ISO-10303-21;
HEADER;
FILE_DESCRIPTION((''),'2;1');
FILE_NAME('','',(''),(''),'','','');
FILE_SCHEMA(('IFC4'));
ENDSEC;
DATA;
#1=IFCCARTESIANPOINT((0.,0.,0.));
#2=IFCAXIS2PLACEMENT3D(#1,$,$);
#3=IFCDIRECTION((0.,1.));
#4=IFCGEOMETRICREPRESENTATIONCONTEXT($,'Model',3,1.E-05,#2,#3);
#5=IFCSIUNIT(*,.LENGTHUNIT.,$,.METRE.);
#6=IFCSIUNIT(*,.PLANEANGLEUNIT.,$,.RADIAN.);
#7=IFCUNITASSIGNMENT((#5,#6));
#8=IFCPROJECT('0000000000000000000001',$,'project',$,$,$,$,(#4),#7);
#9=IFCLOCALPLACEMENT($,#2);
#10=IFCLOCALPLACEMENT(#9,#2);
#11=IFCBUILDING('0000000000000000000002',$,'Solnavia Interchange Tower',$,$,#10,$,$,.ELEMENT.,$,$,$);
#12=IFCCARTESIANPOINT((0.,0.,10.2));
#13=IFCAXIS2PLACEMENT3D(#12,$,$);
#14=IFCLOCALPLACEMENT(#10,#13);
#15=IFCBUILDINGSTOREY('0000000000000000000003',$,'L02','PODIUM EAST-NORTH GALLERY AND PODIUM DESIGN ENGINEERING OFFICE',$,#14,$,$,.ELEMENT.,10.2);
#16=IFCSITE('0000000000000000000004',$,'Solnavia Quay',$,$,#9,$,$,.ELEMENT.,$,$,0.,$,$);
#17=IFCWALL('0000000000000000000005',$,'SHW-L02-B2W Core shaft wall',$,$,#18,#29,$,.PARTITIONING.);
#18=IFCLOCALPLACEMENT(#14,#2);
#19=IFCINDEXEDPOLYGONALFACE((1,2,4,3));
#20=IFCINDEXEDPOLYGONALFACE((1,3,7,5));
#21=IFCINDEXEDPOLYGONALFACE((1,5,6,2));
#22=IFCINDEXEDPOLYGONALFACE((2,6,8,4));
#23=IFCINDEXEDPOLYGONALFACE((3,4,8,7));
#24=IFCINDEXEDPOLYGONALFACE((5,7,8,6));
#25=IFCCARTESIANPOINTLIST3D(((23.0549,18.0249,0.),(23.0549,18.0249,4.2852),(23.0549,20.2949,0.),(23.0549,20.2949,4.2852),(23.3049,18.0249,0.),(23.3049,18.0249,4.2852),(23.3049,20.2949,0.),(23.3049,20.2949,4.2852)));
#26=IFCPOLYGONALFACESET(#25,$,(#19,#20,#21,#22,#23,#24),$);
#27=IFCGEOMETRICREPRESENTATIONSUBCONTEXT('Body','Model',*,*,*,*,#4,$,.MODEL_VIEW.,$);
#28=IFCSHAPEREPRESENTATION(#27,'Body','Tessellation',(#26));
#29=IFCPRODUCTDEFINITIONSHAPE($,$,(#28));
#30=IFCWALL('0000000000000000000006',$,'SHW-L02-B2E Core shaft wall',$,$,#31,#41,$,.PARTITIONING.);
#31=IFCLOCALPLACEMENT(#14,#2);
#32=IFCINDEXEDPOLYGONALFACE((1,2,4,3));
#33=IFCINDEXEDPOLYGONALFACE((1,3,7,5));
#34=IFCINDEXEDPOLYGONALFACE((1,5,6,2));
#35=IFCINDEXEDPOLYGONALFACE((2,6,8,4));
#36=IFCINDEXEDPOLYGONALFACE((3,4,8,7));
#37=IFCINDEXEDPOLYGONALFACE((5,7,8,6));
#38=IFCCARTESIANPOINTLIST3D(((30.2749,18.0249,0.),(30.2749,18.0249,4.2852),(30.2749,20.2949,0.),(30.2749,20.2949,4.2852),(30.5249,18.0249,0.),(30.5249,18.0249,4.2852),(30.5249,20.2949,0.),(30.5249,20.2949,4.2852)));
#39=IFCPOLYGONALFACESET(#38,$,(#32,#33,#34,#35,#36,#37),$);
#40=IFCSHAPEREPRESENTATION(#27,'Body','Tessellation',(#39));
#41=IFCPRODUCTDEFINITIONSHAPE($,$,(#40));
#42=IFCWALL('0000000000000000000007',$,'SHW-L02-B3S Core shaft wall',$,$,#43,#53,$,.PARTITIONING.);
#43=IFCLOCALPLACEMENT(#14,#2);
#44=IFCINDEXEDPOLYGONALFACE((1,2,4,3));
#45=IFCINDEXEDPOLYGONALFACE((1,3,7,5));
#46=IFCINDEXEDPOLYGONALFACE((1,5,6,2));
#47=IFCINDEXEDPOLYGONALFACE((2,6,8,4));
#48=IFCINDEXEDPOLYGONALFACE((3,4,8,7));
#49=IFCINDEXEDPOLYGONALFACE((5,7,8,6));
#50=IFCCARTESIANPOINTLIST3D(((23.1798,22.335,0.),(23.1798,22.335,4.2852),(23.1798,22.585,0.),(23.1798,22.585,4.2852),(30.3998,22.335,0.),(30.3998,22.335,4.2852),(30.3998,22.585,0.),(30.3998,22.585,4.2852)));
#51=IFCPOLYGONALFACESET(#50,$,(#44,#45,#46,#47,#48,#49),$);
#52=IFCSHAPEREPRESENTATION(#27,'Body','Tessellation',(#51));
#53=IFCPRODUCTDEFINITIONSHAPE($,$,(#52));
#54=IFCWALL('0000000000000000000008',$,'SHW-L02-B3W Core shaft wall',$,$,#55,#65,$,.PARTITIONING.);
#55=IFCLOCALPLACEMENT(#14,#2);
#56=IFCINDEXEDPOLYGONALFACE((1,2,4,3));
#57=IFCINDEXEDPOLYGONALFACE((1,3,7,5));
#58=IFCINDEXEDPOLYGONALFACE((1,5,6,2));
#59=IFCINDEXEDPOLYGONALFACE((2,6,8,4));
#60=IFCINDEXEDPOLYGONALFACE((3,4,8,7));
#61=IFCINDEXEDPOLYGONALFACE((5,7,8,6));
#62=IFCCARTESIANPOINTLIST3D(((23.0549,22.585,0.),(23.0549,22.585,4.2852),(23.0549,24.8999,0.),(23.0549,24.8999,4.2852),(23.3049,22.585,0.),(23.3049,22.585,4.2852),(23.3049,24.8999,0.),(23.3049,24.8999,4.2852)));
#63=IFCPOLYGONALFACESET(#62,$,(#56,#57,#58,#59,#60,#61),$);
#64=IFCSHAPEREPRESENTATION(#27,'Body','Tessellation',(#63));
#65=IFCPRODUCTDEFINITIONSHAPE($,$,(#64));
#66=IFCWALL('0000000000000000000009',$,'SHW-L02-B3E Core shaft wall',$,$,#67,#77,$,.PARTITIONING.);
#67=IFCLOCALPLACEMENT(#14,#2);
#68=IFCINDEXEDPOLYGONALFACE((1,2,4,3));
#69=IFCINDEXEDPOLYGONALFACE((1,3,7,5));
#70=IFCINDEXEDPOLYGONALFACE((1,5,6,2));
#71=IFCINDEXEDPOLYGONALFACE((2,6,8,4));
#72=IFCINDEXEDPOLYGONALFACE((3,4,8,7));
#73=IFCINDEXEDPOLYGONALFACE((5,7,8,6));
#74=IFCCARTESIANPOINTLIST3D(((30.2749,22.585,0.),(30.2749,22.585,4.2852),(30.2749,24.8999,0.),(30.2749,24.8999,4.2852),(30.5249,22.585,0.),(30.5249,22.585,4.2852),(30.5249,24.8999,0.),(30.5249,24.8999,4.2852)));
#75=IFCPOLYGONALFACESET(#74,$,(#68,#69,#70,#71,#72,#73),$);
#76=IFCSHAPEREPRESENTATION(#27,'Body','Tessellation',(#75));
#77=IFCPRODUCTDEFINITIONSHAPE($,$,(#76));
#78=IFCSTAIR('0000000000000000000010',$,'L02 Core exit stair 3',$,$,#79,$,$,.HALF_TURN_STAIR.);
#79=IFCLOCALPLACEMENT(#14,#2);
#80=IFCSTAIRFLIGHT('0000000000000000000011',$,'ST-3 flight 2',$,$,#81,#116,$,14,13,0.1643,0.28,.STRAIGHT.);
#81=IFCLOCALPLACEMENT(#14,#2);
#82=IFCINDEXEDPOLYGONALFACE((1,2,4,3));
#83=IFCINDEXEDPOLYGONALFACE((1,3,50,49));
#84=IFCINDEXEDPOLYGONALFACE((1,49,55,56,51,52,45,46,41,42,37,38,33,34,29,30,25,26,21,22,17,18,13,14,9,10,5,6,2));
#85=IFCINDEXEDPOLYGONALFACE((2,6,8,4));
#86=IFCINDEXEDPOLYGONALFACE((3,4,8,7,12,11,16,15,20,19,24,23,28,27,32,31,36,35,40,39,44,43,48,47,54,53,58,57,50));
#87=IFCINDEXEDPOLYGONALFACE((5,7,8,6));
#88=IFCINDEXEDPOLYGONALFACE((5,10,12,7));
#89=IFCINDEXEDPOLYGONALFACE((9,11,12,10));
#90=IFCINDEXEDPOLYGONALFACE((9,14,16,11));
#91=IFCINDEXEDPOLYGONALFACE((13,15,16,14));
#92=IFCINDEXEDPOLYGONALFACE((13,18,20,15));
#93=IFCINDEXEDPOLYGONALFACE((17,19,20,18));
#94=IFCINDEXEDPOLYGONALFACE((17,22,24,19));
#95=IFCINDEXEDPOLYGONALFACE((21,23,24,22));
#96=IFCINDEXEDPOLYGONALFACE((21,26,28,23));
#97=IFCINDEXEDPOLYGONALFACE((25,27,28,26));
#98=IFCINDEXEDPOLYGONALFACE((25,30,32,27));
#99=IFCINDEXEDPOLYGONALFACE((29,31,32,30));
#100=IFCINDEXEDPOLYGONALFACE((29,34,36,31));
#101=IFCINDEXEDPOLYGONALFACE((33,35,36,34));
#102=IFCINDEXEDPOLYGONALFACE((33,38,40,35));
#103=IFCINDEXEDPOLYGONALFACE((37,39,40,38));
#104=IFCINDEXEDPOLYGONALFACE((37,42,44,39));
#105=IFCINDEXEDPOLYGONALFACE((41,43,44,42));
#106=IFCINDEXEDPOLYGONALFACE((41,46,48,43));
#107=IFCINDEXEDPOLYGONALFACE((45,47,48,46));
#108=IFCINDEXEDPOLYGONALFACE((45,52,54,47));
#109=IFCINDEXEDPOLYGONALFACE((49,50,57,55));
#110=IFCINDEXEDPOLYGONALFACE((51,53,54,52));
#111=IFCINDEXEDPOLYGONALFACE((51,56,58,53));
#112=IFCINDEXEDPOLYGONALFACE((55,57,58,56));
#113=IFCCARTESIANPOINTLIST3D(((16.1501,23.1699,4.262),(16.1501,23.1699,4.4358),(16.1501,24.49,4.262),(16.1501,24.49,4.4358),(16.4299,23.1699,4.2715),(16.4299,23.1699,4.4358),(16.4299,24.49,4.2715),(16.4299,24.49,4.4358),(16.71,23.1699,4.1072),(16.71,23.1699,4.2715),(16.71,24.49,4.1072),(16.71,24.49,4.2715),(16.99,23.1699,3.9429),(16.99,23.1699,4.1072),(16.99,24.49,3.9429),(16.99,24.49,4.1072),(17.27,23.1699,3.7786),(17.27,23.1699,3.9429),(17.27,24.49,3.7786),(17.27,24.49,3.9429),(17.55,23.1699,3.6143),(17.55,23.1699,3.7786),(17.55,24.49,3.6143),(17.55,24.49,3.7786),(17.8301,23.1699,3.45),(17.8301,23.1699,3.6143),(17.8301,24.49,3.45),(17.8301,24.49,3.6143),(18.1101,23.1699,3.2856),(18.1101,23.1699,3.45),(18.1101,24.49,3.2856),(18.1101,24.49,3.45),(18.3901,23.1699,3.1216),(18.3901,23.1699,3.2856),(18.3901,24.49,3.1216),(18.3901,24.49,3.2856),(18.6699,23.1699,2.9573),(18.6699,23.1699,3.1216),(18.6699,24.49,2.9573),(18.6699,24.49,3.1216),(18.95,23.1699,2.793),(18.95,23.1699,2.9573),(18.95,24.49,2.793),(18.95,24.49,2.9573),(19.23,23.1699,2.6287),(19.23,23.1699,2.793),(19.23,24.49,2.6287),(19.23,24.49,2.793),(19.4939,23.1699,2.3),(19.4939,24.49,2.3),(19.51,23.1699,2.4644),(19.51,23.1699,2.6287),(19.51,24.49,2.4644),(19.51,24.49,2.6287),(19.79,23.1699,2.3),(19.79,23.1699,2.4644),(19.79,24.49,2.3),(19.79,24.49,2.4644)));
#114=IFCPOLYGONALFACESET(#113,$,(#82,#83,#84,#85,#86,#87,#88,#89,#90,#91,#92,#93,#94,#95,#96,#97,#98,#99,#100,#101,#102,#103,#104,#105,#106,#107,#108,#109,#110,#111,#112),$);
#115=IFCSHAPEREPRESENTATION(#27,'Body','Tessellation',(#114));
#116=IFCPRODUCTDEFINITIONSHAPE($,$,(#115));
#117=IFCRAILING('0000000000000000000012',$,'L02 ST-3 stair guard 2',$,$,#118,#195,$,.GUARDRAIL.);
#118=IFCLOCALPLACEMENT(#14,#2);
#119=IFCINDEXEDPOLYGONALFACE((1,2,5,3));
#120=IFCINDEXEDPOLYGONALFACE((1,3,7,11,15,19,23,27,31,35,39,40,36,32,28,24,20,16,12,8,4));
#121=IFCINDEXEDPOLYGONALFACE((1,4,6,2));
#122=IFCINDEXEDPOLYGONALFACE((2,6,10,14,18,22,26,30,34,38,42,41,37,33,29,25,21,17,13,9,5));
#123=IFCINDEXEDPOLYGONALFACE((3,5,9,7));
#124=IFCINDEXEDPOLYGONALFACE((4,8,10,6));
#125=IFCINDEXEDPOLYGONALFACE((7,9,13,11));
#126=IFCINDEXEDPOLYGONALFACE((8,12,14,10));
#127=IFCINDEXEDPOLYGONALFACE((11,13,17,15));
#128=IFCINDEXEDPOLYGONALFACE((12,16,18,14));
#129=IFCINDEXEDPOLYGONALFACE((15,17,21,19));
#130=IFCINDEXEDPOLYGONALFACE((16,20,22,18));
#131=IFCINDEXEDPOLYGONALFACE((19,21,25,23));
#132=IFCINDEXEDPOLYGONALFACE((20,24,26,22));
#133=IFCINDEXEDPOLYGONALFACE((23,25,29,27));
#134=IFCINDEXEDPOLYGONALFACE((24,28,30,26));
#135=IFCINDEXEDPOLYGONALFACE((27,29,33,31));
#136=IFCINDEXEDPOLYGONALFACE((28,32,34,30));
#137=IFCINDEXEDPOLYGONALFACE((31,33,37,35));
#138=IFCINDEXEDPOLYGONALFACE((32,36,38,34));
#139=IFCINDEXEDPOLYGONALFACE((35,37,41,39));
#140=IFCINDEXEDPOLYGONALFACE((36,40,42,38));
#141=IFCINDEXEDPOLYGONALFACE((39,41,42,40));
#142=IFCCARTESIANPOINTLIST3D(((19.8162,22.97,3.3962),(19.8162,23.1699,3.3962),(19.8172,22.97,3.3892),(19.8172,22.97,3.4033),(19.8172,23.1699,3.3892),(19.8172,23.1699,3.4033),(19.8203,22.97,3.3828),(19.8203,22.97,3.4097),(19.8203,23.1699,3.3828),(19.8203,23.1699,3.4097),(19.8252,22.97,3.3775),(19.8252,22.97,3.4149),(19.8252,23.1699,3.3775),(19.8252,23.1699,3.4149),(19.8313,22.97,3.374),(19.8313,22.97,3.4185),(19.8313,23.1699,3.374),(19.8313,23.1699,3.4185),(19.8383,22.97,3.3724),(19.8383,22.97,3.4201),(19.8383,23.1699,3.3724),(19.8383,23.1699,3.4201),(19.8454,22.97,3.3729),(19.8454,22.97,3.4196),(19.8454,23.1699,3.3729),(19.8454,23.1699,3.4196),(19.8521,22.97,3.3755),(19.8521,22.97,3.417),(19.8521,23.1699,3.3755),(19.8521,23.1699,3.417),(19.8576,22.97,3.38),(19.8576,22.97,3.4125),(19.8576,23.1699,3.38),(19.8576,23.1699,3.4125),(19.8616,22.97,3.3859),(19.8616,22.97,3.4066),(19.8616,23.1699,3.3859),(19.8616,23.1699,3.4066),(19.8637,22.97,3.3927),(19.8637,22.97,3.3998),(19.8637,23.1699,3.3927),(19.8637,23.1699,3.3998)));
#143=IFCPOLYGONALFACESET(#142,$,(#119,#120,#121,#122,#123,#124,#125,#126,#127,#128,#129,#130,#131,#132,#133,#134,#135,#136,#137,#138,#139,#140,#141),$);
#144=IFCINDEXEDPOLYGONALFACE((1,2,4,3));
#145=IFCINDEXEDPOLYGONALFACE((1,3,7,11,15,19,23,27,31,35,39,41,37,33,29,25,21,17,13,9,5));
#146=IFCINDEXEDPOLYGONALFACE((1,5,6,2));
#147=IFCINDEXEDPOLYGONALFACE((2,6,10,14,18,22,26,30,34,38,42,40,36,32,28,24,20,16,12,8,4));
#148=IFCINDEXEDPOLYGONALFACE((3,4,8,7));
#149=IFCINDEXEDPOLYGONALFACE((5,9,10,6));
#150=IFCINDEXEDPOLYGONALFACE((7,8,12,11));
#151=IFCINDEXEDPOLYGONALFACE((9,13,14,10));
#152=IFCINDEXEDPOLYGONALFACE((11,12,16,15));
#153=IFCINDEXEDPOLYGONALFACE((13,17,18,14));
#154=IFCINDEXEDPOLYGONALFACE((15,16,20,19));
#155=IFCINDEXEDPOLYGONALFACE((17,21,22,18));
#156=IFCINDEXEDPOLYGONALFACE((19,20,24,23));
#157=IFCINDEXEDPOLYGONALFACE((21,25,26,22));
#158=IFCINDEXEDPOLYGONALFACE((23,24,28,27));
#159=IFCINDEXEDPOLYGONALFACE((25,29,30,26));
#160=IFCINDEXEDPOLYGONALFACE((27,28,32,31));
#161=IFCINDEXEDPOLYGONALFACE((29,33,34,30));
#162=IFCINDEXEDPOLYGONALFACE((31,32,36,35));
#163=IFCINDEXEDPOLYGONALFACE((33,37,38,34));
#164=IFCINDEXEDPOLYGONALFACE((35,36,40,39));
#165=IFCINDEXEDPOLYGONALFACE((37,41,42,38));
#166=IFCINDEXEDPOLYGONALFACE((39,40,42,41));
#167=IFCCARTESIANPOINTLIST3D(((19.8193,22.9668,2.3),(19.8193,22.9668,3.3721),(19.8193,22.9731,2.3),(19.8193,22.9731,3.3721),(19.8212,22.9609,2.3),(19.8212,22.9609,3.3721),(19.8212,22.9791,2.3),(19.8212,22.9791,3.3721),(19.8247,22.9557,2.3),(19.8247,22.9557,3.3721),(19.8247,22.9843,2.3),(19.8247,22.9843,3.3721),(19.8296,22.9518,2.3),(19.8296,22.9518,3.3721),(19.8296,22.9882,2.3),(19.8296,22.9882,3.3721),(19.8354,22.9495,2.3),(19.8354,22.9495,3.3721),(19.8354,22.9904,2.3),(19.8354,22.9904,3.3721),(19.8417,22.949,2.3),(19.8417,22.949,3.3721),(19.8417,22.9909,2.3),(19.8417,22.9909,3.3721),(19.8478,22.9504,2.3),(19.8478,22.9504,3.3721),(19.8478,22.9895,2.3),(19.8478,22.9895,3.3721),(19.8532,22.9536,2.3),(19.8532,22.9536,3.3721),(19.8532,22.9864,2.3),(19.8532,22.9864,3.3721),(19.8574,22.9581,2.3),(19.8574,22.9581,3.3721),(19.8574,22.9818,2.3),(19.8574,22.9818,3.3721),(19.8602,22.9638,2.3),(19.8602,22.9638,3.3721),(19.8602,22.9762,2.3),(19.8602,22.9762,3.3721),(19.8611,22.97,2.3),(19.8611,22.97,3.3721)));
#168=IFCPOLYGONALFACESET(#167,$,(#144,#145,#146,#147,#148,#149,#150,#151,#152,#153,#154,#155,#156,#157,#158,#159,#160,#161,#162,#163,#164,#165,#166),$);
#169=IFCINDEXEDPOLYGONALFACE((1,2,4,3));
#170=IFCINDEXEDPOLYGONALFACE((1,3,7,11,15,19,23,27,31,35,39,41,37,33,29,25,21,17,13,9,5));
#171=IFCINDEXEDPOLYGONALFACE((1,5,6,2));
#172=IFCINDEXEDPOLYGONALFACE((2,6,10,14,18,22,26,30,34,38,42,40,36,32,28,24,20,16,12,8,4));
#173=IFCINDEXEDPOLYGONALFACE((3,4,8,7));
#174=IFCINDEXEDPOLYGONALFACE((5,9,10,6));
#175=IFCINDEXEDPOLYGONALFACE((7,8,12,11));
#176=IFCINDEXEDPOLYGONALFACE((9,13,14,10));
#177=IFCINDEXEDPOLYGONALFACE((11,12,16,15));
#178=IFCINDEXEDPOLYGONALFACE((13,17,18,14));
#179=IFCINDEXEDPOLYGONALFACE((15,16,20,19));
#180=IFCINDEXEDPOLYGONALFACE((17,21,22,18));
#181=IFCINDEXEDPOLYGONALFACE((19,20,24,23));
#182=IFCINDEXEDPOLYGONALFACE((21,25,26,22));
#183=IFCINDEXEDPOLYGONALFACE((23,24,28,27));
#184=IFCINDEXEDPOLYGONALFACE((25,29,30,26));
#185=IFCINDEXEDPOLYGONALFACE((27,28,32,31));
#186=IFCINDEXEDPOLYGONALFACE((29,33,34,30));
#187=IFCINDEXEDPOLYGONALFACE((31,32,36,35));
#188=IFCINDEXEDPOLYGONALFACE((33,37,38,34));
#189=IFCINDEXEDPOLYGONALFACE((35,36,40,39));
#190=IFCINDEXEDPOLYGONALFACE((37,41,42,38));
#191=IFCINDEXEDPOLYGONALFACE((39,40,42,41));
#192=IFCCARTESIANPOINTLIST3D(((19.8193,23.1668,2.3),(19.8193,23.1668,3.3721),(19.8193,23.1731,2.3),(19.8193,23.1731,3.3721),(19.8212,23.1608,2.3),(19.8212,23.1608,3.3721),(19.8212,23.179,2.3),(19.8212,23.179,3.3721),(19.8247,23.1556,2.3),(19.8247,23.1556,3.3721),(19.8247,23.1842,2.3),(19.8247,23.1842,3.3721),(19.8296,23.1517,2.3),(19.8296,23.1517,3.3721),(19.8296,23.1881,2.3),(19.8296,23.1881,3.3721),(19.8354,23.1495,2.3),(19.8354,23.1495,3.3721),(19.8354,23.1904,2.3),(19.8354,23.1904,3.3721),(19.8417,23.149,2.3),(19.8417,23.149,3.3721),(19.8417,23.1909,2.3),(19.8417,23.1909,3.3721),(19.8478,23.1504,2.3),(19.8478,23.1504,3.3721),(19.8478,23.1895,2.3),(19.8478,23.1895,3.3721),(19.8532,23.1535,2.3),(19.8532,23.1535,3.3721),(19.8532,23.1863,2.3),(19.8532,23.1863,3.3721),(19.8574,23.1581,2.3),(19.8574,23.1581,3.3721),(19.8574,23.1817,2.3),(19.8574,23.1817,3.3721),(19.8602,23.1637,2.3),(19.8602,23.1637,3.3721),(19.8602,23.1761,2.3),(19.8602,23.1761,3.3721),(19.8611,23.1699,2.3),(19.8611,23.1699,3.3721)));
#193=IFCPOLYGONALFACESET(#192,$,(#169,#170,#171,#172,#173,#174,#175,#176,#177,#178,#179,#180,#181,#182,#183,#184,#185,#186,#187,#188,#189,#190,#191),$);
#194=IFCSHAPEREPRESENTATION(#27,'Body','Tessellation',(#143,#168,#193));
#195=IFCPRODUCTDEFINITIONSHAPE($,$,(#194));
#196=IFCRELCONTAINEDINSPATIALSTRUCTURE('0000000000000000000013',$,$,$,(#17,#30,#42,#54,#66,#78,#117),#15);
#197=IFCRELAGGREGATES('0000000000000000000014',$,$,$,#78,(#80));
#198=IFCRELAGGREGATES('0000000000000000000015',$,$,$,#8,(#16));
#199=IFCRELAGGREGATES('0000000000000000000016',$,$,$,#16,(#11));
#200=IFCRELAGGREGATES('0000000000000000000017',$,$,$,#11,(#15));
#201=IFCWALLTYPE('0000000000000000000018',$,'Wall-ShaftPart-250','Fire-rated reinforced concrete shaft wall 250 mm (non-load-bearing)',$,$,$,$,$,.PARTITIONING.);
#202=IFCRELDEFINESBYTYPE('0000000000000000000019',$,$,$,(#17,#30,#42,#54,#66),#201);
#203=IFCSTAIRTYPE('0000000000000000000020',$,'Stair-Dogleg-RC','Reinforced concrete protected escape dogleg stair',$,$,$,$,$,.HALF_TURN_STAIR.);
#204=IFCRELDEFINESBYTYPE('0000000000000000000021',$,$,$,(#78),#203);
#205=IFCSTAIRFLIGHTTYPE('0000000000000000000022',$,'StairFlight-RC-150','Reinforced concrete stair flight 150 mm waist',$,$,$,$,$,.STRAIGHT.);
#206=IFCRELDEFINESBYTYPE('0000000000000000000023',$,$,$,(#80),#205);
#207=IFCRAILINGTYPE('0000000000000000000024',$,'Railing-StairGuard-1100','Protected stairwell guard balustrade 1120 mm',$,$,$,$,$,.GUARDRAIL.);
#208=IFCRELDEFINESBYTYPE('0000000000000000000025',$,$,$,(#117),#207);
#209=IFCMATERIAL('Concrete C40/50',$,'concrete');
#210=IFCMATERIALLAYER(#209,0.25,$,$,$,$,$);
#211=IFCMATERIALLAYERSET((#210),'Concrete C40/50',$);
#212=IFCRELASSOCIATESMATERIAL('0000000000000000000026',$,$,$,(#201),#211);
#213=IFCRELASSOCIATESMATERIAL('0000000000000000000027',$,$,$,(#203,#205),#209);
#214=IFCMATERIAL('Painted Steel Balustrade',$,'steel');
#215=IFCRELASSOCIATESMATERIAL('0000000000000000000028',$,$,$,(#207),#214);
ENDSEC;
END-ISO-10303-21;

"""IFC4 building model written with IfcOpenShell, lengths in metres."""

from ifc_helpers import new_model, si_unit, direction, frame, frame_2d, origin, origin_2d, place, context, subcontext, project, spatial, polyline, rectangle, circle, outline, extrude, material, layer, layer_set, type_object, element, aggregate, save


model = new_model("IFC4")

# Units and contexts
model_context = context("Model", 3, precision=1e-05, world=origin(), true_north=direction((0.0, 1.0)))
body_context = subcontext(model_context, "Body", "Model", "MODEL_VIEW")
ifc_project = project(units=[si_unit("LENGTHUNIT", "METRE"), si_unit("PLANEANGLEUNIT", "RADIAN")], contexts=[model_context])

# Site, building, storey
site_placement = place(None, origin())
site = spatial("IfcSite", under=ifc_project, at=site_placement, Name="Solnavia Quay", CompositionType="ELEMENT", RefElevation=0.0)
building_placement = place(site_placement, origin())
building = spatial("IfcBuilding", under=site, at=building_placement, Name="Solnavia Interchange Tower", CompositionType="ELEMENT")
storey_placement = place(building_placement, frame((0.0, 0.0, 10.2)))
storey = spatial("IfcBuildingStorey", under=building, at=storey_placement, Name="L02", Description="PODIUM EAST-NORTH GALLERY AND PODIUM DESIGN ENGINEERING OFFICE", CompositionType="ELEMENT", Elevation=10.2)

# Shared definitions
ifc_material_1 = material(Name="Concrete C40/50", Category="concrete")

# Shared definitions
ifc_layer_1 = layer(ifc_material_1, 0.25)
ifc_layer_set_1 = layer_set([ifc_layer_1], Name="Concrete C40/50")
wall_type_1 = type_object("IfcWallType", Name="Wall-ShaftPart-250", Description="Fire-rated reinforced concrete shaft wall 250 mm (non-load-bearing)", PredefinedType="PARTITIONING", material=ifc_layer_set_1)

# Walls
for number, where, z_axis, x_axis, name in (
    (1, (23.1799, 18.0249, 0.0), (0.0, 0.0, 1.0), (0.0, 1.0, 0.0), "SHW-L02-B2W Core shaft wall"),
    (2, (30.3999, 18.0249, 0.0), (0.0, 0.0, 1.0), (0.0, 1.0, 0.0), "SHW-L02-B2E Core shaft wall"),
):
    element("IfcWall", number, at=place(storey_placement, frame(where, z_axis=z_axis, x_axis=x_axis)), inside=storey, type_object=wall_type_1, Name=name, PredefinedType="PARTITIONING", context=body_context, shape_type="SweptSolid", body=[
        extrude(rectangle(XDim=2.27, YDim=0.25, at=frame_2d((1.135, 0.0))), origin(), (0.0, 0.0, 1.0), 4.2852),
    ])
wall_1_placement = place(storey_placement, frame((23.1799, 22.46, 0.0), z_axis=(0.0, 0.0, 1.0), x_axis=(1.0, 0.0, 0.0)))
element("IfcWall", 3, at=wall_1_placement, inside=storey, type_object=wall_type_1, Name="SHW-L02-B3S Core shaft wall", PredefinedType="PARTITIONING", context=body_context, shape_type="SweptSolid", body=[
    extrude(rectangle(XDim=7.22, YDim=0.25, at=frame_2d((3.6099, 0.0))), origin(), (0.0, 0.0, 1.0), 4.2852),
])
for number, where, z_axis, x_axis, name in (
    (4, (23.1799, 22.585, 0.0), (0.0, 0.0, 1.0), (0.0, 1.0, 0.0), "SHW-L02-B3W Core shaft wall"),
    (5, (30.3999, 22.585, 0.0), (0.0, 0.0, 1.0), (0.0, 1.0, 0.0), "SHW-L02-B3E Core shaft wall"),
):
    element("IfcWall", number, at=place(storey_placement, frame(where, z_axis=z_axis, x_axis=x_axis)), inside=storey, type_object=wall_type_1, Name=name, PredefinedType="PARTITIONING", context=body_context, shape_type="SweptSolid", body=[
        extrude(rectangle(XDim=2.3149, YDim=0.25, at=frame_2d((1.1575, 0.0))), origin(), (0.0, 0.0, 1.0), 4.2852),
    ])

# Stair, stair flight
stair_type = type_object("IfcStairType", Name="Stair-Dogleg-RC", Description="Reinforced concrete protected escape dogleg stair", PredefinedType="HALF_TURN_STAIR", material=ifc_material_1)
stair_placement = place(storey_placement, origin())
stair = element("IfcStair", 6, at=stair_placement, inside=storey, type_object=stair_type, Name="L02 Core exit stair 3", PredefinedType="HALF_TURN_STAIR")
stair_flight_type = type_object("IfcStairFlightType", Name="StairFlight-RC-150", Description="Reinforced concrete stair flight 150 mm waist", PredefinedType="STRAIGHT", material=ifc_material_1)
stair_flight_placement = place(storey_placement, frame((19.79, 23.8301, 2.3), z_axis=(0.0, 0.0, 1.0), x_axis=(-1.0, 0.0, 0.0)))
stair_flight = element("IfcStairFlight", 7, at=stair_flight_placement, type_object=stair_flight_type, Name="ST-3 flight 2", NumberOfRisers=14, NumberOfTreads=13, PredefinedType="STRAIGHT", RiserHeight=0.1643, TreadLength=0.28, context=body_context, shape_type="SweptSolid", body=[
    extrude(outline(polyline([(0.0, 0.0), (0.0, 0.1643), (0.28, 0.1643), (0.28, 0.3286), (0.5601, 0.3286), (0.5601, 0.4929), (0.8401, 0.4929), (0.8401, 0.6572), (1.1201, 0.6572), (1.1201, 0.8215), (1.3999, 0.8215), (1.3999, 0.9856), (1.6799, 0.9856), (1.6799, 1.1499), (1.96, 1.1499), (1.96, 1.3142), (2.24, 1.3142), (2.24, 1.4785), (2.52, 1.4785), (2.52, 1.6428), (2.8, 1.6428), (2.8, 1.8071), (3.0801, 1.8071), (3.0801, 1.9714), (3.3601, 1.9714), (3.3601, 2.1357), (3.6399, 2.1357), (3.6399, 2.3), (3.6399, 1.9619), (0.2961, 0.0), (0.0, 0.0)])), frame((0.0, 0.6602, 0.0), z_axis=(0.0, -1.0, 0.0), x_axis=(1.0, 0.0, 0.0)), (0.0, 0.0, 1.0), 1.3201),
])
aggregate(stair, [stair_flight])

# Railing
ifc_material_2 = material(Name="Painted Steel Balustrade", Category="steel")
railing_type_1 = type_object("IfcRailingType", Name="Railing-StairGuard-1100", Description="Protected stairwell guard balustrade 1120 mm", PredefinedType="GUARDRAIL", material=ifc_material_2)
railing_1_placement = place(storey_placement, frame((19.8401, 22.97, 2.3)))
element("IfcRailing", 8, at=railing_1_placement, inside=storey, type_object=railing_type_1, Name="L02 ST-3 stair guard 2", PredefinedType="GUARDRAIL", context=body_context, shape_type="SweptSolid", body=[
    extrude(circle(Radius=0.0239, at=origin_2d()), frame((0.0, 0.0, 1.0962), z_axis=(0.0, 1.0, 0.0), x_axis=(-1.0, 0.0, 0.0)), (0.0, 0.0, 1.0), 0.2),
    extrude(circle(Radius=0.021, at=origin_2d()), origin(), (0.0, 0.0, 1.0), 1.072),
    extrude(circle(Radius=0.021, at=origin_2d()), frame((0.0, 0.2, 0.0)), (0.0, 0.0, 1.0), 1.072),
])

save(model, "model.ifc")
